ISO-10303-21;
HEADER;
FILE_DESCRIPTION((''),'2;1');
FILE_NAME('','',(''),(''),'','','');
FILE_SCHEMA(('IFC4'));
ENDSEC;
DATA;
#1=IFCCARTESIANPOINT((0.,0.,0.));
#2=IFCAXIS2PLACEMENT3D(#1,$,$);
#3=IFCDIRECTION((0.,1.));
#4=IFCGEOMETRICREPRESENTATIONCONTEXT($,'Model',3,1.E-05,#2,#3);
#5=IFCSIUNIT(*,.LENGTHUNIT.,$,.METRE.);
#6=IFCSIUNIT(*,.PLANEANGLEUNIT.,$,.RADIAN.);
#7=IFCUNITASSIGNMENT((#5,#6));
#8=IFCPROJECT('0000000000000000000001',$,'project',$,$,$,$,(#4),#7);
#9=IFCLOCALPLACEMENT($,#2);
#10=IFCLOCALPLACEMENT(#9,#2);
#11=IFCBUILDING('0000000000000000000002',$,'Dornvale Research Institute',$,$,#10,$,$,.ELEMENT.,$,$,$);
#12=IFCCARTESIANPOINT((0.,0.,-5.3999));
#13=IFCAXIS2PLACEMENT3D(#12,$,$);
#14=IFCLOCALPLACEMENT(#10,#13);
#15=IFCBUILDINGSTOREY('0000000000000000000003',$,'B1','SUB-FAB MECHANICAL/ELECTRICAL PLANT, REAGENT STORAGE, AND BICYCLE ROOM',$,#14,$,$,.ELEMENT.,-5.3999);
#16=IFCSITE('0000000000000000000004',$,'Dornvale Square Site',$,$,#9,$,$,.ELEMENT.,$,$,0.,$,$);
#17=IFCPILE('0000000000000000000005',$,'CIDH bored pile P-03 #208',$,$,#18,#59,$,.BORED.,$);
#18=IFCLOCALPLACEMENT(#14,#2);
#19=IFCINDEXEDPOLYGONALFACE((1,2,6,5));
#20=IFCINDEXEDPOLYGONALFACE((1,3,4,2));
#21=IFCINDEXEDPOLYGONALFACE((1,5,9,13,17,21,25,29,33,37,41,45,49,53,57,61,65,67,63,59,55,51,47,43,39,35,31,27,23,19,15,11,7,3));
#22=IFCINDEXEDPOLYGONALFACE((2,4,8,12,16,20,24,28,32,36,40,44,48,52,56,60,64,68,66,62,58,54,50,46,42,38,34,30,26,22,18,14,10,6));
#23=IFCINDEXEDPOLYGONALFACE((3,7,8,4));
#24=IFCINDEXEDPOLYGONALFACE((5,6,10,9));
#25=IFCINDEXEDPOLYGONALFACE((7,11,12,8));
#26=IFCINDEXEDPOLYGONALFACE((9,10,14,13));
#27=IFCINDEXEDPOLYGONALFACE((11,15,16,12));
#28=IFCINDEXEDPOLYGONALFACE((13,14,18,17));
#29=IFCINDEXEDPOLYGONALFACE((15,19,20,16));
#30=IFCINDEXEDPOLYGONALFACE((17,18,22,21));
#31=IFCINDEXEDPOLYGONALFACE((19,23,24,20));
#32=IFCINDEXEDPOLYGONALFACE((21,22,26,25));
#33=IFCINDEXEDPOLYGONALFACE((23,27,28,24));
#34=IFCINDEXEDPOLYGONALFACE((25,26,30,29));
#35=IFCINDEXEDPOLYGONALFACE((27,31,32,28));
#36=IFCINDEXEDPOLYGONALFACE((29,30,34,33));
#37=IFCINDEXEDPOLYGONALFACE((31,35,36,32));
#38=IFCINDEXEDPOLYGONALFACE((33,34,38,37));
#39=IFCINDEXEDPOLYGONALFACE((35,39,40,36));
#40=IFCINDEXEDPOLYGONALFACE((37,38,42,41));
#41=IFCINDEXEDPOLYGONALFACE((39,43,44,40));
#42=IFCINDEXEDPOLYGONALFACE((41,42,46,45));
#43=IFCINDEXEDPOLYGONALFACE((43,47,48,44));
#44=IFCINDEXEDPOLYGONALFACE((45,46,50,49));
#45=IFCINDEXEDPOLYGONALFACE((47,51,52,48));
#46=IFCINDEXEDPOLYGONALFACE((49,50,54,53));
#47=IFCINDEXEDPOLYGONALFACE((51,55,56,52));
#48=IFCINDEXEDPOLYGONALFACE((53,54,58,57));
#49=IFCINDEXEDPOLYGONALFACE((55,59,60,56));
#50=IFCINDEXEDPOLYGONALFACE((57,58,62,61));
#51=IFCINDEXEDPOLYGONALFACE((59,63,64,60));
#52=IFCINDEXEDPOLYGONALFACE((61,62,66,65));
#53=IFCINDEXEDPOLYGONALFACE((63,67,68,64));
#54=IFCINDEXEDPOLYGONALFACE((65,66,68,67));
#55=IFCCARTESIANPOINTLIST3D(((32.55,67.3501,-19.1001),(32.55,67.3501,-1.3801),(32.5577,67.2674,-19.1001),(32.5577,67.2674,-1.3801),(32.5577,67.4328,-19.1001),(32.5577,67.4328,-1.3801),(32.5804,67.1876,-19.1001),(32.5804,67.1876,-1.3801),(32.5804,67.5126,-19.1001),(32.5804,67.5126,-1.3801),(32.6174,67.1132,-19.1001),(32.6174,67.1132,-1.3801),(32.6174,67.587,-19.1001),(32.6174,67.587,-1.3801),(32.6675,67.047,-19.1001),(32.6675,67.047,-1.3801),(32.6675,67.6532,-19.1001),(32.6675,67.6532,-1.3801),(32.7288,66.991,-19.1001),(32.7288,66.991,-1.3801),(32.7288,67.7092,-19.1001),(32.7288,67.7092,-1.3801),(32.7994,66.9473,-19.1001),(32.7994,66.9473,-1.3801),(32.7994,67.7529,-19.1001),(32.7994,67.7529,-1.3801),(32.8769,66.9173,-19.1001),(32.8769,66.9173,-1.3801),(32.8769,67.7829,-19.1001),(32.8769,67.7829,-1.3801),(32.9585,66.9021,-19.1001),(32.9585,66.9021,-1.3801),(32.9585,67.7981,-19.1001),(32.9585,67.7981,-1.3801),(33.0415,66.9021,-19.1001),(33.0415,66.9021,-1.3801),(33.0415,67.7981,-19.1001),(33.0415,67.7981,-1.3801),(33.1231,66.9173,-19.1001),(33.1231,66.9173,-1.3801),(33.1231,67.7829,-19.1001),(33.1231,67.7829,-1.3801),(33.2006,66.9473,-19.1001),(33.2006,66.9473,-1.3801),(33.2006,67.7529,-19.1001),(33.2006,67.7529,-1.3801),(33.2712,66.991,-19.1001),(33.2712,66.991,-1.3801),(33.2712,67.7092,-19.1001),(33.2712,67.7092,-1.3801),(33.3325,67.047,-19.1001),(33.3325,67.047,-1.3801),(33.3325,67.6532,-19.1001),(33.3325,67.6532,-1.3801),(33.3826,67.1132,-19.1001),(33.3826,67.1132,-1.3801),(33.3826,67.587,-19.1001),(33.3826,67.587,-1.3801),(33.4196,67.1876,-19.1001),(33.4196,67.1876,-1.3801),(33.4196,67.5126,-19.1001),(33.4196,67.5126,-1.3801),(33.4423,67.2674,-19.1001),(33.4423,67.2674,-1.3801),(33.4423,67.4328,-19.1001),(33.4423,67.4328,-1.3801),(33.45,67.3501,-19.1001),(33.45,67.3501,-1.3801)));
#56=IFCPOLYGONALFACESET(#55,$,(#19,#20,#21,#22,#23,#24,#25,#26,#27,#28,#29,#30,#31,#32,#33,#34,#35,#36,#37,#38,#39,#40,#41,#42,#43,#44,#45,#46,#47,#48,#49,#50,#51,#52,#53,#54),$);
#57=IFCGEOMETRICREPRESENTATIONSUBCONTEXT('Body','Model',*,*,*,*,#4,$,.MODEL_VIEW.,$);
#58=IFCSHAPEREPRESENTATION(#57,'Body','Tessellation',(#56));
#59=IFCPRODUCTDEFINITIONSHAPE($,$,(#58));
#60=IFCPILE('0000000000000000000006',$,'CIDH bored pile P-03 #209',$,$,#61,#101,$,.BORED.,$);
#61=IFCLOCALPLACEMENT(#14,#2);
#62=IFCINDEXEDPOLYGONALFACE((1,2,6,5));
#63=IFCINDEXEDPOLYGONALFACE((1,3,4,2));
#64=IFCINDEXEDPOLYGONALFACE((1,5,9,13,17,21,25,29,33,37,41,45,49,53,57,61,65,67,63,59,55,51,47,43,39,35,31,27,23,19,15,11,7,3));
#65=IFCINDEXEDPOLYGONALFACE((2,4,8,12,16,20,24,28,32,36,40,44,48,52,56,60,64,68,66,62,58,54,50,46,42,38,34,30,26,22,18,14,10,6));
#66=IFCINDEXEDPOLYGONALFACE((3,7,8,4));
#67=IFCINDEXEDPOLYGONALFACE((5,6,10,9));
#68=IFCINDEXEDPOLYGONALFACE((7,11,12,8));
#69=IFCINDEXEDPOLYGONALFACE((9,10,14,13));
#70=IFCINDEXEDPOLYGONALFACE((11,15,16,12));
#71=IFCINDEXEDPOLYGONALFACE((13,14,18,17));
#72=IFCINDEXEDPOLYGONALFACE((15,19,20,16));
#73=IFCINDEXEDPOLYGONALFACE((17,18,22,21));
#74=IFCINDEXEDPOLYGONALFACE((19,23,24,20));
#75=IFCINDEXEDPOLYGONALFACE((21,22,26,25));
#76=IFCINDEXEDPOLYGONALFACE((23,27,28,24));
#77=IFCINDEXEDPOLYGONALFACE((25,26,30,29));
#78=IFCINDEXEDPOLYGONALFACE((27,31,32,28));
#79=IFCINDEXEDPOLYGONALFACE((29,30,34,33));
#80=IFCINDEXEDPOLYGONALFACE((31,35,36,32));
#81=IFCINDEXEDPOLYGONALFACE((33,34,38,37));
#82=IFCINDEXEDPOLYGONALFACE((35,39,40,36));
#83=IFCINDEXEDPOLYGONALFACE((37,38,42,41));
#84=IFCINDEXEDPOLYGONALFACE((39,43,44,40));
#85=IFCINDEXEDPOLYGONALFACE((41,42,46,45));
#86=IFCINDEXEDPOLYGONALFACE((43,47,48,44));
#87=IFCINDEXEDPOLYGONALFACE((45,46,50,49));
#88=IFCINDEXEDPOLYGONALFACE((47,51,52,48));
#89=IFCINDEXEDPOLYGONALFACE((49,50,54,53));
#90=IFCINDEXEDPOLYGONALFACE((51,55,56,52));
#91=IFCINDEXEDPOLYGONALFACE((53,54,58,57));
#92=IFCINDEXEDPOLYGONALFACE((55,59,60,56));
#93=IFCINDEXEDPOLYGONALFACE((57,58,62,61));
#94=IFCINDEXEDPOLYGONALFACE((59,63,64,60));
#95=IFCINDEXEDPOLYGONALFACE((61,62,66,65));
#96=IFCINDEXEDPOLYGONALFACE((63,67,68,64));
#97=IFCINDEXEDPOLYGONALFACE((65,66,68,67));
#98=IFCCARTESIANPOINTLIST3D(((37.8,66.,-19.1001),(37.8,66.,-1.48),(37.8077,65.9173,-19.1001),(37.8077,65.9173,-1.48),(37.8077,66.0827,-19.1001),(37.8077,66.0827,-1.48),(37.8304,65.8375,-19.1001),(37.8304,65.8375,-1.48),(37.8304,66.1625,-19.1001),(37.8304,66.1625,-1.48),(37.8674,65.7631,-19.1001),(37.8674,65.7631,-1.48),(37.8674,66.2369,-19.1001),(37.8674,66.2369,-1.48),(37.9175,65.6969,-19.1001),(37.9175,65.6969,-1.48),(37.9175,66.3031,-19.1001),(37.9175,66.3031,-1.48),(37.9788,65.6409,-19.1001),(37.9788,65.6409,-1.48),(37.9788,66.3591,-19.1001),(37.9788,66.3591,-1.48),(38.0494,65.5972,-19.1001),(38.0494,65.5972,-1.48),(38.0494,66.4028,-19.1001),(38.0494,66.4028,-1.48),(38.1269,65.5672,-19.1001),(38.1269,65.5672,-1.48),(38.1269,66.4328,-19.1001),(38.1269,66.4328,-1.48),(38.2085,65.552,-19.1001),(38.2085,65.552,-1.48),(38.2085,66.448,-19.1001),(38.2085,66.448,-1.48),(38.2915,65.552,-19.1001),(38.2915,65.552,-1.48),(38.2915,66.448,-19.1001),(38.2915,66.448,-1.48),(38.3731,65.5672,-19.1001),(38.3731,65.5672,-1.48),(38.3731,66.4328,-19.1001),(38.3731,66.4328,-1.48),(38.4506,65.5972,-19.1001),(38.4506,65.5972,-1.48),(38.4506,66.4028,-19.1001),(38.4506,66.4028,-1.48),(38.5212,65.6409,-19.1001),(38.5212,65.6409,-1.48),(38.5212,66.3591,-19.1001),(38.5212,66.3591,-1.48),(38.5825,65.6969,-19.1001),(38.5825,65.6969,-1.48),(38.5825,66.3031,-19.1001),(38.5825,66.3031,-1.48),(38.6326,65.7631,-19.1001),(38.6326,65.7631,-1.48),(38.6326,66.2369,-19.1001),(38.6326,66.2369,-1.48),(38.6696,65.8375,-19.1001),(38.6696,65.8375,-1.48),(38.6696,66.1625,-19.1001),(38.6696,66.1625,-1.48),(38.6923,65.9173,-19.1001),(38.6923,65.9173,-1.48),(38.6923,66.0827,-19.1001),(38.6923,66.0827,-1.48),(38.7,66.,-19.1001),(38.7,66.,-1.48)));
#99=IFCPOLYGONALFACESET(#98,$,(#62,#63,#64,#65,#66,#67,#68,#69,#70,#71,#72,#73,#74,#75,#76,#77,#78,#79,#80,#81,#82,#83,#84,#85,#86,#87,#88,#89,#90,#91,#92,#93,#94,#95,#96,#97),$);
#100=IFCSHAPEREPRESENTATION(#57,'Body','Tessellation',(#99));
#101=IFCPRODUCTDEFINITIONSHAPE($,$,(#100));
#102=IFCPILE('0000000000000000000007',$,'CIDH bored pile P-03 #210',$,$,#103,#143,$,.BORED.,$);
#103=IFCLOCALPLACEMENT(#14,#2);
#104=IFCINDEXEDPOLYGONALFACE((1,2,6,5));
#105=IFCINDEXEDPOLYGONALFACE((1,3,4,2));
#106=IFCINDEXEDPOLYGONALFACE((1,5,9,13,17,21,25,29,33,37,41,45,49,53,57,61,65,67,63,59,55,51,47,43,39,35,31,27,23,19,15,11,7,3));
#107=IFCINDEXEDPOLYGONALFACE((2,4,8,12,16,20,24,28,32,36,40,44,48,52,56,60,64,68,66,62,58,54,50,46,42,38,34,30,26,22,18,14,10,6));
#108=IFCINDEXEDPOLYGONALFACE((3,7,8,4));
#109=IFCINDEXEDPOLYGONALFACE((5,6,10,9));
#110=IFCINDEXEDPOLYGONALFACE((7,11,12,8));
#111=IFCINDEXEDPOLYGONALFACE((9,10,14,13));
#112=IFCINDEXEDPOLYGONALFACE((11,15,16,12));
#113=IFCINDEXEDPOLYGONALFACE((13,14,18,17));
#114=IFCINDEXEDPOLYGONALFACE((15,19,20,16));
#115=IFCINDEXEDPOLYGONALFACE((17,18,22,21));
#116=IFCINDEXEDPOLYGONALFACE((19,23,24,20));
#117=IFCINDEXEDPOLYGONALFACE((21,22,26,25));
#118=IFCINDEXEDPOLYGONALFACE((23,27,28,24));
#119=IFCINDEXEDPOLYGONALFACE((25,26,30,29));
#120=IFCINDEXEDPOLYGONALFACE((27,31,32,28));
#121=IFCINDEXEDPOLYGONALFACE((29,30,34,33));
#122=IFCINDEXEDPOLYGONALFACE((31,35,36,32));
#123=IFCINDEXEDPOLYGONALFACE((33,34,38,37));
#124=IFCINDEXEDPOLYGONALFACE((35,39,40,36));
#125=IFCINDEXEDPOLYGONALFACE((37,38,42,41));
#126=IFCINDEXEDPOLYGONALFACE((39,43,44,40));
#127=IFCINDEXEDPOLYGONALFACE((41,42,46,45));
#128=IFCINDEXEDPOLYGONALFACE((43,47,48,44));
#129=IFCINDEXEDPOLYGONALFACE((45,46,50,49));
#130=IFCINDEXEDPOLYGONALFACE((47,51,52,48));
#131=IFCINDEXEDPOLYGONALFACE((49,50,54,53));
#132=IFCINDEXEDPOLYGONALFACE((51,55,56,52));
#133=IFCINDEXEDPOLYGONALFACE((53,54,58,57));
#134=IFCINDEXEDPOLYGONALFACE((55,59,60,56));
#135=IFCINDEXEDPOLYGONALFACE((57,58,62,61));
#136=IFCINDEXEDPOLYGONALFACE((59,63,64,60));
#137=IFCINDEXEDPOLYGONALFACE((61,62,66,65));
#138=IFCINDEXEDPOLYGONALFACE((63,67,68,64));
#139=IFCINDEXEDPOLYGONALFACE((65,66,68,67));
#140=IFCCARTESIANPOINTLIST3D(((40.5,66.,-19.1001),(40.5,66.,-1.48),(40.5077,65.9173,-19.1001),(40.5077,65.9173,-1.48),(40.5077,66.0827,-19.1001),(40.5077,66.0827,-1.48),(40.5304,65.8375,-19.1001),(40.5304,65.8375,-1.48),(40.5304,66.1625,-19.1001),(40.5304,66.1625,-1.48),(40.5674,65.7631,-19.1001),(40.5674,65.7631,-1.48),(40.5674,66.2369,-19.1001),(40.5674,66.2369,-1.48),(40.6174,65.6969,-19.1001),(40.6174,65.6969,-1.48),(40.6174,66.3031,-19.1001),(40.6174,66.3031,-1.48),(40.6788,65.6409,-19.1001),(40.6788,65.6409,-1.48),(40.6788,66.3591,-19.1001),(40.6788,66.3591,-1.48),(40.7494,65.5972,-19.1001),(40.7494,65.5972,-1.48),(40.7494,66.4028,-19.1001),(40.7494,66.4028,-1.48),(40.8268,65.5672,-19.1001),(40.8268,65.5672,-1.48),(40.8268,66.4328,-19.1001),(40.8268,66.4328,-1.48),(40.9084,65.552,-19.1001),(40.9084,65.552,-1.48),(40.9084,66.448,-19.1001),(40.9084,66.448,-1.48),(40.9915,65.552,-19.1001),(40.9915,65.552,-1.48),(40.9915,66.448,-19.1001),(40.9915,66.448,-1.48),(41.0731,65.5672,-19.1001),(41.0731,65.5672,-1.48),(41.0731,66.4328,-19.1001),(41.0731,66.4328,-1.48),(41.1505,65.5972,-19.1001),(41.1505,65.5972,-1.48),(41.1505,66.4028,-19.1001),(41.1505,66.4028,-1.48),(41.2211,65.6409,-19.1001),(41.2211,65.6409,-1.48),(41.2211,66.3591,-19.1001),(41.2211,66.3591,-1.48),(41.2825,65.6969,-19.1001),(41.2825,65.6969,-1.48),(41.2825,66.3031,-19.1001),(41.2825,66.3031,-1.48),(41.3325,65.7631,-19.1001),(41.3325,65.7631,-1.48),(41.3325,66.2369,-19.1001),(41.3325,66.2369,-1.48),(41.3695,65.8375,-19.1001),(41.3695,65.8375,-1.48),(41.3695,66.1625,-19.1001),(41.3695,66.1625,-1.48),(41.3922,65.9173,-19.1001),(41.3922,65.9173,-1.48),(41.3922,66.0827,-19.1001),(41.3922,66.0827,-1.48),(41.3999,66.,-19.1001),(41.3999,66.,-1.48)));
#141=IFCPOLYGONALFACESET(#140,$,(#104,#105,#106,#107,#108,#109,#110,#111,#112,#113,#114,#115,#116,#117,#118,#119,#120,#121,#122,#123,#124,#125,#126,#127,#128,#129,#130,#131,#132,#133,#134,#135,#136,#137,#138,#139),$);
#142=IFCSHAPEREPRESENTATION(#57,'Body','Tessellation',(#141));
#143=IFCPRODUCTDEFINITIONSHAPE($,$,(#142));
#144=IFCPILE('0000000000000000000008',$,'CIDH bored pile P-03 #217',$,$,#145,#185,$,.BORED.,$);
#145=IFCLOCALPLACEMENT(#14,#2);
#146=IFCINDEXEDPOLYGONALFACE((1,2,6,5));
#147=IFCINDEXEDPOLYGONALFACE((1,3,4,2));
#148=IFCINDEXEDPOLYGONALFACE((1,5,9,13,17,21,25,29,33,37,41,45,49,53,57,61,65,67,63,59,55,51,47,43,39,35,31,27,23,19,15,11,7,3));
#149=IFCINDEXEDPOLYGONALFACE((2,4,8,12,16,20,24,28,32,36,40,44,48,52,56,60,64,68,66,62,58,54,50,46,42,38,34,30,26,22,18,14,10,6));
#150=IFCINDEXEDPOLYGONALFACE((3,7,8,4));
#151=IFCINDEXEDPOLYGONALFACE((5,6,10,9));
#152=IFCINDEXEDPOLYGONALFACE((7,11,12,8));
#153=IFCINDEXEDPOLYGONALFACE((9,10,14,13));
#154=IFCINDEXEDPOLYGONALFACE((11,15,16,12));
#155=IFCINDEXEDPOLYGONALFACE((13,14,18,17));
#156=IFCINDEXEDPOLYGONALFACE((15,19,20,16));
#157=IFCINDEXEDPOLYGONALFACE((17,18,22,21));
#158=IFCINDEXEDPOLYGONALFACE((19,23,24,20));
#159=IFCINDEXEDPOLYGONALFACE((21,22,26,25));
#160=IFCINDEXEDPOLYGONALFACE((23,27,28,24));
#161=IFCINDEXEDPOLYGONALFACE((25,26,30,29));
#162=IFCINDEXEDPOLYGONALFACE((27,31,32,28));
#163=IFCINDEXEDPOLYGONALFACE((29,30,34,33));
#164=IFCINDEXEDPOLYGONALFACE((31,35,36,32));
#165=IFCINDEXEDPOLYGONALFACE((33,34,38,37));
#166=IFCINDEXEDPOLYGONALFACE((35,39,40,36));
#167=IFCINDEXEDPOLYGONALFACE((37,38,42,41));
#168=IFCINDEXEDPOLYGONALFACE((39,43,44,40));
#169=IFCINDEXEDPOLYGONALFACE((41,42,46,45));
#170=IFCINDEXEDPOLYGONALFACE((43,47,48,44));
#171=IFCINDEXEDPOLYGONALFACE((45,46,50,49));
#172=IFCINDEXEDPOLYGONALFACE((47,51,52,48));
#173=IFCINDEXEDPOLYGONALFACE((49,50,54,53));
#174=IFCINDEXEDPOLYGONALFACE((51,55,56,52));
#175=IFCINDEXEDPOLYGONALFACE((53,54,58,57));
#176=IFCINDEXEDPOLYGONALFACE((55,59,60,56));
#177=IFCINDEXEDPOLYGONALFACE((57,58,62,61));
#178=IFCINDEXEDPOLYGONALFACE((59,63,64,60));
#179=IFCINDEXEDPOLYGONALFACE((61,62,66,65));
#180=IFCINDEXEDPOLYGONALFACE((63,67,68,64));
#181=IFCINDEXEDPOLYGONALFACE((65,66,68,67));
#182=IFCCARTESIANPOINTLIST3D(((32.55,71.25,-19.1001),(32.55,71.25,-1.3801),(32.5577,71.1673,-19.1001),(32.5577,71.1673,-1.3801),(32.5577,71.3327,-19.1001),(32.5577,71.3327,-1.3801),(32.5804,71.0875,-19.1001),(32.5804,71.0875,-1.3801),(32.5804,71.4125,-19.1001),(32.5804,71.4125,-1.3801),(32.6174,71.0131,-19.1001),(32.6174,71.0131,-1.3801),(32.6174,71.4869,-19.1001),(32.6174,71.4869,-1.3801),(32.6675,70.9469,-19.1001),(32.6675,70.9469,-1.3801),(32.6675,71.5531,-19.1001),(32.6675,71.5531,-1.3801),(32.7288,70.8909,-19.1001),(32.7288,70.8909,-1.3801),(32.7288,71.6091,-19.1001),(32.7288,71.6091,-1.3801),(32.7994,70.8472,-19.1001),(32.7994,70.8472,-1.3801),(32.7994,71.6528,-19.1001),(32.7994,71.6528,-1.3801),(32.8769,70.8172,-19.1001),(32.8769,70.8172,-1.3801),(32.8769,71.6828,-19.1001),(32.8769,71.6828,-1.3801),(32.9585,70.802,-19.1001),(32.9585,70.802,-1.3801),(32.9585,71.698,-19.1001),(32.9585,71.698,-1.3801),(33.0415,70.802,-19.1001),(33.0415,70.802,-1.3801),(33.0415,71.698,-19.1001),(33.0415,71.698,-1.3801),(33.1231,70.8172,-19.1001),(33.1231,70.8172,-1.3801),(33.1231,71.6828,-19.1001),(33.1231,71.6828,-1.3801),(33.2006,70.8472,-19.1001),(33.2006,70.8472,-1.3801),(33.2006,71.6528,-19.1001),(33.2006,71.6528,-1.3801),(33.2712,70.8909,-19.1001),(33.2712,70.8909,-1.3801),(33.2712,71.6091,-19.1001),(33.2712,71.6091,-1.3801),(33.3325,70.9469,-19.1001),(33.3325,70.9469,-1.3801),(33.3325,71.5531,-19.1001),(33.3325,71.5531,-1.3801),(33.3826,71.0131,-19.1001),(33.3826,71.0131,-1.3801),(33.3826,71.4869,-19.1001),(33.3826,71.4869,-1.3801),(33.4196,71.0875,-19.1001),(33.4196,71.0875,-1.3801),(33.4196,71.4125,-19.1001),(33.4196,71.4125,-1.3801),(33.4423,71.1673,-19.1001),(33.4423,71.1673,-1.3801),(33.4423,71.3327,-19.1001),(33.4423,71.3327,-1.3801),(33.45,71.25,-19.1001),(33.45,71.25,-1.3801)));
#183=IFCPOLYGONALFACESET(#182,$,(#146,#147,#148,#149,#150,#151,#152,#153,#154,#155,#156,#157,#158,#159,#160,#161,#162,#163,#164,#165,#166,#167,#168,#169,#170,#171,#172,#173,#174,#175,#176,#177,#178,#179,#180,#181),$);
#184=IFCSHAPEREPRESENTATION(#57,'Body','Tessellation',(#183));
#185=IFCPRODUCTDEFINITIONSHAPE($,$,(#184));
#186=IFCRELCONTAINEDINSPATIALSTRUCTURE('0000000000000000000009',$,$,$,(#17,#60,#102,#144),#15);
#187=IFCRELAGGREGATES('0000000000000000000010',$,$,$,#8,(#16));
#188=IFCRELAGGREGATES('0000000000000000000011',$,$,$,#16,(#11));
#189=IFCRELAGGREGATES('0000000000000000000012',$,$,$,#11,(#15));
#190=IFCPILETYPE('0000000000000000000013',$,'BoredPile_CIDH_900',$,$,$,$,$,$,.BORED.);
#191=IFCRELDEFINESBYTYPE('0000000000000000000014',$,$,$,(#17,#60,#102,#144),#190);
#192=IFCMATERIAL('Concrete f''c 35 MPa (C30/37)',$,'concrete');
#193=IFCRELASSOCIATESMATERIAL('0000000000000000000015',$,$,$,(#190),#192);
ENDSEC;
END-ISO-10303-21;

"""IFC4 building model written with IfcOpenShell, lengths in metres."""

from ifc_helpers import new_model, si_unit, direction, frame, origin, origin_2d, place, context, subcontext, project, spatial, circle, extrude, material, material_profile, profile_set, type_object, element, save


model = new_model("IFC4")

# Units and contexts
model_context = context("Model", 3, precision=1e-05, world=origin(), true_north=direction((0.0, 1.0)))
body_context = subcontext(model_context, "Body", "Model", "MODEL_VIEW")
ifc_project = project(units=[si_unit("LENGTHUNIT", "METRE"), si_unit("PLANEANGLEUNIT", "RADIAN")], contexts=[model_context])

# Site, building, storey
site_placement = place(None, origin())
site = spatial("IfcSite", under=ifc_project, at=site_placement, Name="Dornvale Square Site", CompositionType="ELEMENT", RefElevation=0.0)
building_placement = place(site_placement, origin())
building = spatial("IfcBuilding", under=site, at=building_placement, Name="Dornvale Research Institute", CompositionType="ELEMENT")
storey_placement = place(building_placement, frame((0.0, 0.0, -5.3999)))
storey = spatial("IfcBuildingStorey", under=building, at=storey_placement, Name="B1", Description="SUB-FAB MECHANICAL/ELECTRICAL PLANT, REAGENT STORAGE, AND BICYCLE ROOM", CompositionType="ELEMENT", Elevation=-5.3999)

# Piles
ifc_material_1 = material(Name="Concrete f'c 35 MPa (C30/37)", Category="concrete")
ifc_material_profile_1 = material_profile(ifc_material_1, circle(Radius=0.45, at=origin_2d()), Name="CIDH PILE D900")
ifc_profile_set_1 = profile_set([ifc_material_profile_1], Name="Concrete f'c 35 MPa (C30/37)")
pile_type = type_object("IfcPileType", Name="BoredPile_CIDH_900", PredefinedType="BORED", material=ifc_profile_set_1)
for number, where, z_axis, x_axis, name in (
    (1, (33.0, 67.3501, -1.3801), (0.0, 0.0, -1.0), (1.0, 0.0, 0.0), "CIDH bored pile P-03 #208"),
):
    element("IfcPile", number, at=place(storey_placement, frame(where, z_axis=z_axis, x_axis=x_axis)), inside=storey, type_object=pile_type, Name=name, PredefinedType="BORED", context=body_context, shape_type="SweptSolid", body=[
        extrude(circle(Radius=0.45, at=origin_2d()), origin(), (0.0, 0.0, 1.0), 17.72),
    ])
for number, where, z_axis, x_axis, name in (
    (2, (38.25, 66.0, -1.48), (0.0, 0.0, -1.0), (1.0, 0.0, 0.0), "CIDH bored pile P-03 #209"),
    (3, (40.95, 66.0, -1.48), (0.0, 0.0, -1.0), (1.0, 0.0, 0.0), "CIDH bored pile P-03 #210"),
):
    element("IfcPile", number, at=place(storey_placement, frame(where, z_axis=z_axis, x_axis=x_axis)), inside=storey, type_object=pile_type, Name=name, PredefinedType="BORED", context=body_context, shape_type="SweptSolid", body=[
        extrude(circle(Radius=0.45, at=origin_2d()), origin(), (0.0, 0.0, 1.0), 17.6201),
    ])
for number, where, z_axis, x_axis, name in (
    (4, (33.0, 71.25, -1.3801), (0.0, 0.0, -1.0), (1.0, 0.0, 0.0), "CIDH bored pile P-03 #217"),
):
    element("IfcPile", number, at=place(storey_placement, frame(where, z_axis=z_axis, x_axis=x_axis)), inside=storey, type_object=pile_type, Name=name, PredefinedType="BORED", context=body_context, shape_type="SweptSolid", body=[
        extrude(circle(Radius=0.45, at=origin_2d()), origin(), (0.0, 0.0, 1.0), 17.72),
    ])

save(model, "model.ifc")
